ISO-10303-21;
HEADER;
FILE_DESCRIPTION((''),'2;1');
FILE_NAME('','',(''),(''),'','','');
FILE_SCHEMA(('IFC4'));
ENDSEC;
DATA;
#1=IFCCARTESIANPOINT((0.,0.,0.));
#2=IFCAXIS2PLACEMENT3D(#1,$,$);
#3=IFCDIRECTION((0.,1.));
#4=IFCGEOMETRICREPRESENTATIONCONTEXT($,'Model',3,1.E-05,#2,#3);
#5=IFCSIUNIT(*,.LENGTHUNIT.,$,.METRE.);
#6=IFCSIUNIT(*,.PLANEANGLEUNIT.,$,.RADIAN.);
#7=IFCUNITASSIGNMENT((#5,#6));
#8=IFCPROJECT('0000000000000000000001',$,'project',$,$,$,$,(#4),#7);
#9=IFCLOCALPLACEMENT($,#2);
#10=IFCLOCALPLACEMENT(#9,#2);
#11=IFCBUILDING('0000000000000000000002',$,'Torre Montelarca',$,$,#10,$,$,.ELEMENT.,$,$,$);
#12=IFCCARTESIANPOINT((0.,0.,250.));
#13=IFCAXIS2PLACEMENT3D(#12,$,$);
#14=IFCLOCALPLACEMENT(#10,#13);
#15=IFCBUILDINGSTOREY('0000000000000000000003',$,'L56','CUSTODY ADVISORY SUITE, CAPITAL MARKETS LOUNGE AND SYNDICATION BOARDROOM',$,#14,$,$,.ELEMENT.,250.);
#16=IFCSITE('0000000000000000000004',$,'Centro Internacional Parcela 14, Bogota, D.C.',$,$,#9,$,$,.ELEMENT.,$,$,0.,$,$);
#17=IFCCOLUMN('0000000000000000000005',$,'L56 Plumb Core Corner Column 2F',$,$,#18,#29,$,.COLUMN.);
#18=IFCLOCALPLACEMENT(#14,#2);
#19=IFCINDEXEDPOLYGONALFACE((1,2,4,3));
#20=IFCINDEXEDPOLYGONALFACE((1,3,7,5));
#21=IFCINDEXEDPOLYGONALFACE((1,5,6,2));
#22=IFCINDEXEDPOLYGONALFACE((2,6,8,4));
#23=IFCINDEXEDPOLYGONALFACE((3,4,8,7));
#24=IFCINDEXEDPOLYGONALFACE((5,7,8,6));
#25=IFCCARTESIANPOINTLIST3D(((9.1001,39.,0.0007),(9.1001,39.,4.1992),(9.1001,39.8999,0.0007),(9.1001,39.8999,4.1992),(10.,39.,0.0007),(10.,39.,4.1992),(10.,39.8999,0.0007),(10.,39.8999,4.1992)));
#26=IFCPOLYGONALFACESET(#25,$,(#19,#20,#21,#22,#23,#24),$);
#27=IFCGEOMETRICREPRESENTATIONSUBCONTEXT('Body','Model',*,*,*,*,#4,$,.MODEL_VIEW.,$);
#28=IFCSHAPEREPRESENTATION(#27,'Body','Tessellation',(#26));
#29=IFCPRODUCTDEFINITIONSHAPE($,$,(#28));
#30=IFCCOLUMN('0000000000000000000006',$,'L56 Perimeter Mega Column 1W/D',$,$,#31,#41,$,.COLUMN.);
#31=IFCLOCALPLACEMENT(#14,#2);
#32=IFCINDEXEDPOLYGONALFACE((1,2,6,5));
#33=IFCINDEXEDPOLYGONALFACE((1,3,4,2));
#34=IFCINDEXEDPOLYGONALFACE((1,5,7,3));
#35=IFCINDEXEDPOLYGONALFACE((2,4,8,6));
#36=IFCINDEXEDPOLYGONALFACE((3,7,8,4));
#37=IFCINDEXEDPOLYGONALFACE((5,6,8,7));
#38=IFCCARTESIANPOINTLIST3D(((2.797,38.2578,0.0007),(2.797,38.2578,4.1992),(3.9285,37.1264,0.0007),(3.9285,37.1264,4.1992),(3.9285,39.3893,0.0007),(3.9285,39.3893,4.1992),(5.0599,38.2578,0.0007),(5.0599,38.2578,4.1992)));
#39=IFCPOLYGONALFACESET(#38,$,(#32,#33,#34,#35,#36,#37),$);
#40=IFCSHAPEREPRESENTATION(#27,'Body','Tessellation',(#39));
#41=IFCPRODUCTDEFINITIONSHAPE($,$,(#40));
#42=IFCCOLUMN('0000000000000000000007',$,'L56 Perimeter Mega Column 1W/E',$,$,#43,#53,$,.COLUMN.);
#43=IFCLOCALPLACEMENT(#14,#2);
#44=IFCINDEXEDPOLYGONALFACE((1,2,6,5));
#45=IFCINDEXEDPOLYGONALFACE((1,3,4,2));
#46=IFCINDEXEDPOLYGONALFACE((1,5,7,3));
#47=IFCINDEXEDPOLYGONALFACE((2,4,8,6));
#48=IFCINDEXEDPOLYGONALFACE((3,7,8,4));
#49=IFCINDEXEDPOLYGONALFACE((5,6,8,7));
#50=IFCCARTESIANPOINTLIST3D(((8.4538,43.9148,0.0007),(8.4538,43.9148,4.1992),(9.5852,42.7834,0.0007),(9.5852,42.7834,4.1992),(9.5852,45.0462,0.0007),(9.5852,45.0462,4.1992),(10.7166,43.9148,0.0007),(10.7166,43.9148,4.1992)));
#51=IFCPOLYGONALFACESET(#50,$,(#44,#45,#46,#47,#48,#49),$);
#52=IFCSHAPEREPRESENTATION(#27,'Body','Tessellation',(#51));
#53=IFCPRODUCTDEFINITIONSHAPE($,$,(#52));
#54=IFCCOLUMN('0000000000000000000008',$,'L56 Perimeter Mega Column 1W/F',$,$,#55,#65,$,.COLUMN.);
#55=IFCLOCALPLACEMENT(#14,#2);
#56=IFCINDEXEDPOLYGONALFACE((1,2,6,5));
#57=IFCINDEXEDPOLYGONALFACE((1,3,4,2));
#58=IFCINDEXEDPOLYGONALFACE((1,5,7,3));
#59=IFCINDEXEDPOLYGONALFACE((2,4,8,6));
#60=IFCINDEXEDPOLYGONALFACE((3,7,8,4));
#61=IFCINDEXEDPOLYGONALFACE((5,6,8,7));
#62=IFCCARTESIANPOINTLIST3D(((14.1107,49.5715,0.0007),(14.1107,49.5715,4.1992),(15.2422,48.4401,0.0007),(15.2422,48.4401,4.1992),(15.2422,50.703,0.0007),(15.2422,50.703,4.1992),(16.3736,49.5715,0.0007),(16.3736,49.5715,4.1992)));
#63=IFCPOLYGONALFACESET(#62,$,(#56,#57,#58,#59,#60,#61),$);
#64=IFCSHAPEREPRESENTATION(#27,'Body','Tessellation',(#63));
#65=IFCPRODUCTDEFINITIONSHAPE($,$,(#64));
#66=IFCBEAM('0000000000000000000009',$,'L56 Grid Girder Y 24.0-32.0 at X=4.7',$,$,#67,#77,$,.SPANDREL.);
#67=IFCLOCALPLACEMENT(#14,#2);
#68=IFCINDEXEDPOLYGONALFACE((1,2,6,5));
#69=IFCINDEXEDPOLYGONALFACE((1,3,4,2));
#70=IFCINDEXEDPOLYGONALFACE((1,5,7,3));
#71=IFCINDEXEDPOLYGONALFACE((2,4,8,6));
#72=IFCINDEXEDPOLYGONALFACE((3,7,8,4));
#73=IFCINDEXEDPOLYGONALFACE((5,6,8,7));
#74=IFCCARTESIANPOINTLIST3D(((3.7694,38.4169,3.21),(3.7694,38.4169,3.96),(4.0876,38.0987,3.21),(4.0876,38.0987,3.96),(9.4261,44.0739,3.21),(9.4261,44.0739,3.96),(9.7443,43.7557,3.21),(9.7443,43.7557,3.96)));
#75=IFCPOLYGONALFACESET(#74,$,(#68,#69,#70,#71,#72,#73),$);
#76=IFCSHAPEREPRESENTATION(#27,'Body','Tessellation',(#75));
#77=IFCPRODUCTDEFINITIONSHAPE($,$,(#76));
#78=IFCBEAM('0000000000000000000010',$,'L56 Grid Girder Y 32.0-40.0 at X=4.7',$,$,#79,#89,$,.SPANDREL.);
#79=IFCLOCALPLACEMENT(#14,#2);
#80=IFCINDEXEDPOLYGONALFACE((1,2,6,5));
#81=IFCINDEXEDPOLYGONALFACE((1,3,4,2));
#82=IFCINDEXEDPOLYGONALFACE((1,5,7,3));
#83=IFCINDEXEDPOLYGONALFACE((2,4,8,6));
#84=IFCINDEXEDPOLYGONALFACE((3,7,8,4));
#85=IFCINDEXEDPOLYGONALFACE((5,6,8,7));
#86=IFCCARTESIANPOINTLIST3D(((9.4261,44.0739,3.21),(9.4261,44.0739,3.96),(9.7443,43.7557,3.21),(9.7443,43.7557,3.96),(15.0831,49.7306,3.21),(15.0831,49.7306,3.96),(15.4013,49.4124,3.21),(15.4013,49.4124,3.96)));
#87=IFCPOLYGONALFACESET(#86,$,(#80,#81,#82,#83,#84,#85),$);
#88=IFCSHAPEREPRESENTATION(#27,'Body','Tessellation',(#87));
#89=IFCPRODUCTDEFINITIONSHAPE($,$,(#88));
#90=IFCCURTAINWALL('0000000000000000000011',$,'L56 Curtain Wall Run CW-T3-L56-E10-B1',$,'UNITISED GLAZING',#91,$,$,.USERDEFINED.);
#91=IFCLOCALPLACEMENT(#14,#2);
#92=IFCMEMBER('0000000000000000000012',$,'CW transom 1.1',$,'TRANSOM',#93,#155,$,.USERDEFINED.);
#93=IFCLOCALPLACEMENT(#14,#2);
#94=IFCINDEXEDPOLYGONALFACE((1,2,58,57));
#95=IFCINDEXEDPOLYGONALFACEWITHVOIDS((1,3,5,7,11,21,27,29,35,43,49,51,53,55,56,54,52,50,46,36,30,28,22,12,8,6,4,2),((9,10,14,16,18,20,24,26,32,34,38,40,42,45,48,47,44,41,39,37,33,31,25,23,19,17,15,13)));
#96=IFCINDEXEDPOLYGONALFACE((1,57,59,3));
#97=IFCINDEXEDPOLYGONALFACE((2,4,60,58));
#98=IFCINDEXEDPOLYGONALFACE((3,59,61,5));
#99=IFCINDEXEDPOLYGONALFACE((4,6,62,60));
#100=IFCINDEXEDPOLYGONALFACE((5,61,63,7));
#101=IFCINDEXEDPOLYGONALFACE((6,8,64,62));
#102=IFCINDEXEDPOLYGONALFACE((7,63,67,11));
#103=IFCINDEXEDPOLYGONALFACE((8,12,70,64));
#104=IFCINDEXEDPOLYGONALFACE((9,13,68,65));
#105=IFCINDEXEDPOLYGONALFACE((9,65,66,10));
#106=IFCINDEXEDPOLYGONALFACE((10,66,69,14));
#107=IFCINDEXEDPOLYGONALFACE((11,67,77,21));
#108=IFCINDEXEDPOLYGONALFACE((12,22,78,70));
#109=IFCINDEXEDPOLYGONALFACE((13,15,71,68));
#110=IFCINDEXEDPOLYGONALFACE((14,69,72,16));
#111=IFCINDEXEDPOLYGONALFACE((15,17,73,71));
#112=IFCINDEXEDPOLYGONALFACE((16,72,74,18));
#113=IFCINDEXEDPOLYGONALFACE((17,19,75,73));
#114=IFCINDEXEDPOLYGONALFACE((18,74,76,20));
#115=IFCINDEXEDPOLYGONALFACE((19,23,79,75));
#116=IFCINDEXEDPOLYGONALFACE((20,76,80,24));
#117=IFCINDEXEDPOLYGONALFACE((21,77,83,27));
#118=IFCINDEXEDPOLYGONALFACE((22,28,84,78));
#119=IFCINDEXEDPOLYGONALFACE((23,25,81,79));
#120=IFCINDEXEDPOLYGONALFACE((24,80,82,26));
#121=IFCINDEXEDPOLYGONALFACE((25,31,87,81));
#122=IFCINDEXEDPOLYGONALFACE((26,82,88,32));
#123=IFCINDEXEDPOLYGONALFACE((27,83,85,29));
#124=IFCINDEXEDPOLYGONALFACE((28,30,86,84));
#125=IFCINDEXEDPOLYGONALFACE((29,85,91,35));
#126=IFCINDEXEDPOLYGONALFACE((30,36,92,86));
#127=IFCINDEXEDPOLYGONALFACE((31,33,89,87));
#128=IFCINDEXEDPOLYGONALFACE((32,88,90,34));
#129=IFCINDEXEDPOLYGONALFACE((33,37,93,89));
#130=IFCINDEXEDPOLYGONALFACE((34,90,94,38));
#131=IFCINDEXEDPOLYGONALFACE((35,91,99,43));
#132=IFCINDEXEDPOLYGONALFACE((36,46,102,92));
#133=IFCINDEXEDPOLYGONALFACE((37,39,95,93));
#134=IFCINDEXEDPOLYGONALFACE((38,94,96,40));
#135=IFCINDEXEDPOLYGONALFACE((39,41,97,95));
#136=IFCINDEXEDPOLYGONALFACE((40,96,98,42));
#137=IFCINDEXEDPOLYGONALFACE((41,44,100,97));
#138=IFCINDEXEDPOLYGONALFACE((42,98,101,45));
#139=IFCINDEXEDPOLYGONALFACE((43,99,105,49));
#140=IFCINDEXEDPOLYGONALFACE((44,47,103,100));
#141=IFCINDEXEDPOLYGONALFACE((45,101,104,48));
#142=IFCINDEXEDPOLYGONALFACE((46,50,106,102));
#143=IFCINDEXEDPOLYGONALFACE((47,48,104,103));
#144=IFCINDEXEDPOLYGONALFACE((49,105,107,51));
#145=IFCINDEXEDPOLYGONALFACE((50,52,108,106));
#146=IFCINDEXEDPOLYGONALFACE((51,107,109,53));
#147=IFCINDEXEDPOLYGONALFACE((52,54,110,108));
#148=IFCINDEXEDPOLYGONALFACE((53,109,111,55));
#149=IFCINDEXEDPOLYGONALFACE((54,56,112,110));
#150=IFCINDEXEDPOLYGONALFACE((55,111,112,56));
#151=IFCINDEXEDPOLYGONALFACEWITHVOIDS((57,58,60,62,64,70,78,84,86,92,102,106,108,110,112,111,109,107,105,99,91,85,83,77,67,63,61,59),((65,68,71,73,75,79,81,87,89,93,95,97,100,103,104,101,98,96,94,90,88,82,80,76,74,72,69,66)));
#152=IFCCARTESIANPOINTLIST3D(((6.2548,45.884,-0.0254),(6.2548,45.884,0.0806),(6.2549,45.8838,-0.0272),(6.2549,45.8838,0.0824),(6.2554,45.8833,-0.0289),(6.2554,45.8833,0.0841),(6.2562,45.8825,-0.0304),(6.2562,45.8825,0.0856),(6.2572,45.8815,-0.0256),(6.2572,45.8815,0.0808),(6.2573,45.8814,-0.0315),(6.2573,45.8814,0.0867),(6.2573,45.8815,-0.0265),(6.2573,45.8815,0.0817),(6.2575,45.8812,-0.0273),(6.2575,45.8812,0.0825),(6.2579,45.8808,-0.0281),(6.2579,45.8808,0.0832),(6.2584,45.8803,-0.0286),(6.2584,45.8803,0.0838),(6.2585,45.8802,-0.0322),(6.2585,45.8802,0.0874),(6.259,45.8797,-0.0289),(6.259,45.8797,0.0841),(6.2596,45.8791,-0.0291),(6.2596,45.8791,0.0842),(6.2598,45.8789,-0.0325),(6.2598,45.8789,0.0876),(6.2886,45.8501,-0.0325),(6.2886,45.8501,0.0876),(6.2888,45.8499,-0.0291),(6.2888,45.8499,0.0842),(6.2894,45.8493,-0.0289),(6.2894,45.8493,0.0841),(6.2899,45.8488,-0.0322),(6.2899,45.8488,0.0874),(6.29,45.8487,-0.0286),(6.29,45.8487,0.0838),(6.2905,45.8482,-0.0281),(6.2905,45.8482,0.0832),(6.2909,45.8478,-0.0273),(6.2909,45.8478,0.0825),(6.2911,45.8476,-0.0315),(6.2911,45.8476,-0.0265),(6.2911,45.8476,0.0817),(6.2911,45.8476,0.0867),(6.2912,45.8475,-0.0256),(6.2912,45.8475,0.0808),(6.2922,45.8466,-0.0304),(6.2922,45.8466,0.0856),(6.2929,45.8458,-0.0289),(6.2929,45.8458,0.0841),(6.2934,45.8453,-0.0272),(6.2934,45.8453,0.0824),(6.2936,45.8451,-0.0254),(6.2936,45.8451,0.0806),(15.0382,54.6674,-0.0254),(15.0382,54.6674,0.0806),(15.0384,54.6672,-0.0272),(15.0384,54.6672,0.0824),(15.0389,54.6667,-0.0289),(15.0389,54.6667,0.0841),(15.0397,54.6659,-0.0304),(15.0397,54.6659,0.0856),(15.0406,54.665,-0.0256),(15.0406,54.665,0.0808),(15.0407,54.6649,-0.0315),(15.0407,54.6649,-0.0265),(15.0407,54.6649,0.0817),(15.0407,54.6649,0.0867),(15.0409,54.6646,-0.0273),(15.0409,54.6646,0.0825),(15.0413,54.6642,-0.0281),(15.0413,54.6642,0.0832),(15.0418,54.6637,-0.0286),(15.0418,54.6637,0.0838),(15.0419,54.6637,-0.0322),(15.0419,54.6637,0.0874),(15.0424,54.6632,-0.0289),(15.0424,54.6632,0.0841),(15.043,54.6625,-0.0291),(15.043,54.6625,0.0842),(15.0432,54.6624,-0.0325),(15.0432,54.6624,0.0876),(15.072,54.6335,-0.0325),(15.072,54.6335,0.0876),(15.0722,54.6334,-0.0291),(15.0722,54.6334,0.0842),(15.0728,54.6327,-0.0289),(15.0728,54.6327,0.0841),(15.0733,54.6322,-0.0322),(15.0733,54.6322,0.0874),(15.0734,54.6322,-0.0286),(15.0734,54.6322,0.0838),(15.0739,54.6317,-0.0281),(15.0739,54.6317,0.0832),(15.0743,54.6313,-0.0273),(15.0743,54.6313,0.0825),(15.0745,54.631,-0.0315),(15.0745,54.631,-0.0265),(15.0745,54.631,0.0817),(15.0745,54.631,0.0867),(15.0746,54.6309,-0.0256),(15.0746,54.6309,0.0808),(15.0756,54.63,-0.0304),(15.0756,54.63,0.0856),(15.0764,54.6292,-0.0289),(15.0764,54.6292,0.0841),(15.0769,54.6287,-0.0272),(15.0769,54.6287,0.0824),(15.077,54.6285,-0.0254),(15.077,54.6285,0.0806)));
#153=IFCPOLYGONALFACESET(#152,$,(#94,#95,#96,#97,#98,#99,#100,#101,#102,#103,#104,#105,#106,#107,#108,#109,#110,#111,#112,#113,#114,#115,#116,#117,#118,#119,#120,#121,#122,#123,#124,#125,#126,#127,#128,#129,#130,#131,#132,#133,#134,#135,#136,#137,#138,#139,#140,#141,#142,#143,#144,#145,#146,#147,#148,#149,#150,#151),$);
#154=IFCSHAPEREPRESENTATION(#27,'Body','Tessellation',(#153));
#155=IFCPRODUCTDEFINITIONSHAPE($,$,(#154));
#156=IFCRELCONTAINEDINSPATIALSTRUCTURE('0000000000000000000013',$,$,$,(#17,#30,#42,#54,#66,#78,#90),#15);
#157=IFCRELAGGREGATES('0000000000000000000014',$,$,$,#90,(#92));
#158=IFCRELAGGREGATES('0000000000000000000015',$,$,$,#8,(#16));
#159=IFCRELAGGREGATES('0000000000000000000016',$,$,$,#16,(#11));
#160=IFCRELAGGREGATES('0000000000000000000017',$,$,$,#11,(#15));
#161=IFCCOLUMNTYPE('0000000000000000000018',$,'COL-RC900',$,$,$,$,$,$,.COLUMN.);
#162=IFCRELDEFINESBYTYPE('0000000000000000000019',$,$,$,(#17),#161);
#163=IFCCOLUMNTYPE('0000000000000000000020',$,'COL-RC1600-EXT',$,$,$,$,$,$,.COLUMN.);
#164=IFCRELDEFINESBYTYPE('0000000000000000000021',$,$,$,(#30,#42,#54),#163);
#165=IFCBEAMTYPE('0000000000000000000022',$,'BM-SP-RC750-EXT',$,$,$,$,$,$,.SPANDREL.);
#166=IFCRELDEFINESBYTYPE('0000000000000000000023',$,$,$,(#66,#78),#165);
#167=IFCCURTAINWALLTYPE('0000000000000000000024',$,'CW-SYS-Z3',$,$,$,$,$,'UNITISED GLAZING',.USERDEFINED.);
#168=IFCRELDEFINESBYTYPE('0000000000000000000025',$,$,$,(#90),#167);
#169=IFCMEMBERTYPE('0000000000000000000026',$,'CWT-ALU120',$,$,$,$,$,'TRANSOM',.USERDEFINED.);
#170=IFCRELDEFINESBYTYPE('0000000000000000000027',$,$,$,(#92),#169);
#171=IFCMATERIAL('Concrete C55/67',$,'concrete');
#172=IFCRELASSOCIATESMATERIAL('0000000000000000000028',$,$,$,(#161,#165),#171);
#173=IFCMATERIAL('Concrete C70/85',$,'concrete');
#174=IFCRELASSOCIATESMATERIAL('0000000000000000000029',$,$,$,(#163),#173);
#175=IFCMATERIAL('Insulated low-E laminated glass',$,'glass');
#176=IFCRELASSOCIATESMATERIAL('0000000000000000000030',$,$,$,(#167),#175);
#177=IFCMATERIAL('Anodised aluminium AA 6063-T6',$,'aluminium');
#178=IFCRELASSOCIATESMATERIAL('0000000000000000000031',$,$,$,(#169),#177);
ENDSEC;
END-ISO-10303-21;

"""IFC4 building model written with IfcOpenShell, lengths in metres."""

from ifc_helpers import new_model, si_unit, direction, frame, origin, origin_2d, place, context, subcontext, project, spatial, rectangle, hollow_rectangle, extrude, source, transform, mapped, material, material_profile, profile_set, type_object, element, aggregate, save


model = new_model("IFC4")

# Units and contexts
model_context = context("Model", 3, precision=1e-05, world=origin(), true_north=direction((0.0, 1.0)))
body_context = subcontext(model_context, "Body", "Model", "MODEL_VIEW")
ifc_project = project(units=[si_unit("LENGTHUNIT", "METRE"), si_unit("PLANEANGLEUNIT", "RADIAN")], contexts=[model_context])

# Site, building, storey
site_placement = place(None, origin())
site = spatial("IfcSite", under=ifc_project, at=site_placement, Name="Centro Internacional Parcela 14, Bogota, D.C.", CompositionType="ELEMENT", RefElevation=0.0)
building_placement = place(site_placement, origin())
building = spatial("IfcBuilding", under=site, at=building_placement, Name="Torre Montelarca", CompositionType="ELEMENT")
storey_placement = place(building_placement, frame((0.0, 0.0, 250.0)))
storey = spatial("IfcBuildingStorey", under=building, at=storey_placement, Name="L56", Description="CUSTODY ADVISORY SUITE, CAPITAL MARKETS LOUNGE AND SYNDICATION BOARDROOM", CompositionType="ELEMENT", Elevation=250.0)

# Columns
ifc_material_1 = material(Name="Concrete C55/67", Category="concrete")
ifc_material_profile_1 = material_profile(ifc_material_1, rectangle(XDim=0.8999, YDim=0.8999, at=origin_2d()), Name="RC900X900", Category="concrete")
ifc_profile_set_1 = profile_set([ifc_material_profile_1], Name="Concrete C55/67")
column_type_1 = type_object("IfcColumnType", Name="COL-RC900", PredefinedType="COLUMN", material=ifc_profile_set_1)
shared_shape_1 = source(origin(), body_context, "Body", "SweptSolid", [
    extrude(rectangle(XDim=0.8999, YDim=0.8999, at=origin_2d()), origin(), (0.0, 0.0, 1.0), 4.1985),
])
column_placement = place(storey_placement, frame((9.55, 39.45, 0.0007), z_axis=(0.0, 0.0, 1.0), x_axis=(1.0, 0.0, 0.0)))
element("IfcColumn", 1, at=column_placement, inside=storey, type_object=column_type_1, Name="L56 Plumb Core Corner Column 2F", PredefinedType="COLUMN", context=body_context, shape_type="MappedRepresentation", body=[
    mapped(shared_shape_1, transform((0.0, 0.0, 0.0), scale=1.0)),
])
ifc_material_2 = material(Name="Concrete C70/85", Category="concrete")
ifc_material_profile_2 = material_profile(ifc_material_2, rectangle(XDim=1.6001, YDim=1.6001, at=origin_2d()), Name="RC1600X1600", Category="concrete")
ifc_profile_set_2 = profile_set([ifc_material_profile_2], Name="Concrete C70/85")
column_type_2 = type_object("IfcColumnType", Name="COL-RC1600-EXT", PredefinedType="COLUMN", material=ifc_profile_set_2)
shared_shape_2 = source(origin(), body_context, "Body", "SweptSolid", [
    extrude(rectangle(XDim=1.6001, YDim=1.6001, at=origin_2d()), origin(), (0.0, 0.0, 1.0), 4.1985),
])
for number, where, z_axis, x_axis, name in (
    (2, (3.9285, 38.2578, 0.0007), (0.0, 0.0, 1.0), (-0.707107, 0.707107, 0.0), "L56 Perimeter Mega Column 1W/D"),
    (3, (9.5852, 43.9148, 0.0007), (0.0, 0.0, 1.0), (-0.707107, 0.707107, 0.0), "L56 Perimeter Mega Column 1W/E"),
    (4, (15.2422, 49.5715, 0.0007), (0.0, 0.0, 1.0), (-0.707107, 0.707107, 0.0), "L56 Perimeter Mega Column 1W/F"),
):
    element("IfcColumn", number, at=place(storey_placement, frame(where, z_axis=z_axis, x_axis=x_axis)), inside=storey, type_object=column_type_2, Name=name, PredefinedType="COLUMN", context=body_context, shape_type="MappedRepresentation", body=[
        mapped(shared_shape_2, transform((0.0, 0.0, 0.0), scale=1.0)),
    ])

# Beams
ifc_material_profile_3 = material_profile(ifc_material_1, rectangle(XDim=0.45, YDim=0.75, at=origin_2d()), Name="RCB450X750", Category="concrete")
ifc_profile_set_3 = profile_set([ifc_material_profile_3], Name="Concrete C55/67")
beam_type = type_object("IfcBeamType", Name="BM-SP-RC750-EXT", PredefinedType="SPANDREL", material=ifc_profile_set_3)
shared_shape_3 = source(origin(), body_context, "Body", "SweptSolid", [
    extrude(rectangle(XDim=0.45, YDim=0.75, at=origin_2d()), origin(), (0.0, 0.0, 1.0), 8.0),
])
for number, where, z_axis, x_axis, name in (
    (5, (3.9285, 38.2578, 3.585), (0.707092, 0.707122, 0.0), (-0.707122, 0.707092, 0.0), "L56 Grid Girder Y 24.0-32.0 at X=4.7"),
    (6, (9.5852, 43.9148, 3.585), (0.707122, 0.707092, 0.0), (-0.707092, 0.707122, 0.0), "L56 Grid Girder Y 32.0-40.0 at X=4.7"),
):
    element("IfcBeam", number, at=place(storey_placement, frame(where, z_axis=z_axis, x_axis=x_axis)), inside=storey, type_object=beam_type, Name=name, PredefinedType="SPANDREL", context=body_context, shape_type="MappedRepresentation", body=[
        mapped(shared_shape_3, transform((0.0, 0.0, 0.0), scale=1.0)),
    ])

# Curtain wall, member
ifc_material_3 = material(Name="Insulated low-E laminated glass", Category="glass")
curtain_wall_type = type_object("IfcCurtainWallType", Name="CW-SYS-Z3", ElementType="UNITISED GLAZING", PredefinedType="USERDEFINED", material=ifc_material_3)
curtain_wall_1_placement = place(storey_placement, origin())
curtain_wall_1 = element("IfcCurtainWall", 7, at=curtain_wall_1_placement, inside=storey, type_object=curtain_wall_type, Name="L56 Curtain Wall Run CW-T3-L56-E10-B1", ObjectType="UNITISED GLAZING", PredefinedType="USERDEFINED")
ifc_material_4 = material(Name="Anodised aluminium AA 6063-T6", Category="aluminium")
ifc_material_profile_4 = material_profile(ifc_material_4, hollow_rectangle(XDim=0.0549, YDim=0.1201, WallThickness=0.0034, InnerFilletRadius=0.0034, OuterFilletRadius=0.0071, at=origin_2d()), Name="ALU55X120X3.5", Category="aluminium")
ifc_profile_set_4 = profile_set([ifc_material_profile_4], Name="Anodised aluminium AA 6063-T6")
member_type_1 = type_object("IfcMemberType", Name="CWT-ALU120", ElementType="TRANSOM", PredefinedType="USERDEFINED", material=ifc_profile_set_4)
shared_shape_4 = source(origin(), body_context, "Body", "SweptSolid", [
    extrude(hollow_rectangle(XDim=0.0549, YDim=0.1201, WallThickness=0.0034, InnerFilletRadius=0.0034, OuterFilletRadius=0.0071, at=origin_2d()), origin(), (0.0, 0.0, 1.0), 12.4216),
])
member_1_placement = place(storey_placement, frame((15.0576, 54.6479, 0.0276), z_axis=(-0.707107, -0.707107, 0.0), x_axis=(0.707107, -0.707107, 0.0)))
member_1 = element("IfcMember", 8, at=member_1_placement, type_object=member_type_1, Name="CW transom 1.1", ObjectType="TRANSOM", PredefinedType="USERDEFINED", context=body_context, shape_type="MappedRepresentation", body=[
    mapped(shared_shape_4, transform((0.0, 0.0, 0.0), scale=1.0)),
])

aggregate(curtain_wall_1, [member_1])

save(model, "model.ifc")
